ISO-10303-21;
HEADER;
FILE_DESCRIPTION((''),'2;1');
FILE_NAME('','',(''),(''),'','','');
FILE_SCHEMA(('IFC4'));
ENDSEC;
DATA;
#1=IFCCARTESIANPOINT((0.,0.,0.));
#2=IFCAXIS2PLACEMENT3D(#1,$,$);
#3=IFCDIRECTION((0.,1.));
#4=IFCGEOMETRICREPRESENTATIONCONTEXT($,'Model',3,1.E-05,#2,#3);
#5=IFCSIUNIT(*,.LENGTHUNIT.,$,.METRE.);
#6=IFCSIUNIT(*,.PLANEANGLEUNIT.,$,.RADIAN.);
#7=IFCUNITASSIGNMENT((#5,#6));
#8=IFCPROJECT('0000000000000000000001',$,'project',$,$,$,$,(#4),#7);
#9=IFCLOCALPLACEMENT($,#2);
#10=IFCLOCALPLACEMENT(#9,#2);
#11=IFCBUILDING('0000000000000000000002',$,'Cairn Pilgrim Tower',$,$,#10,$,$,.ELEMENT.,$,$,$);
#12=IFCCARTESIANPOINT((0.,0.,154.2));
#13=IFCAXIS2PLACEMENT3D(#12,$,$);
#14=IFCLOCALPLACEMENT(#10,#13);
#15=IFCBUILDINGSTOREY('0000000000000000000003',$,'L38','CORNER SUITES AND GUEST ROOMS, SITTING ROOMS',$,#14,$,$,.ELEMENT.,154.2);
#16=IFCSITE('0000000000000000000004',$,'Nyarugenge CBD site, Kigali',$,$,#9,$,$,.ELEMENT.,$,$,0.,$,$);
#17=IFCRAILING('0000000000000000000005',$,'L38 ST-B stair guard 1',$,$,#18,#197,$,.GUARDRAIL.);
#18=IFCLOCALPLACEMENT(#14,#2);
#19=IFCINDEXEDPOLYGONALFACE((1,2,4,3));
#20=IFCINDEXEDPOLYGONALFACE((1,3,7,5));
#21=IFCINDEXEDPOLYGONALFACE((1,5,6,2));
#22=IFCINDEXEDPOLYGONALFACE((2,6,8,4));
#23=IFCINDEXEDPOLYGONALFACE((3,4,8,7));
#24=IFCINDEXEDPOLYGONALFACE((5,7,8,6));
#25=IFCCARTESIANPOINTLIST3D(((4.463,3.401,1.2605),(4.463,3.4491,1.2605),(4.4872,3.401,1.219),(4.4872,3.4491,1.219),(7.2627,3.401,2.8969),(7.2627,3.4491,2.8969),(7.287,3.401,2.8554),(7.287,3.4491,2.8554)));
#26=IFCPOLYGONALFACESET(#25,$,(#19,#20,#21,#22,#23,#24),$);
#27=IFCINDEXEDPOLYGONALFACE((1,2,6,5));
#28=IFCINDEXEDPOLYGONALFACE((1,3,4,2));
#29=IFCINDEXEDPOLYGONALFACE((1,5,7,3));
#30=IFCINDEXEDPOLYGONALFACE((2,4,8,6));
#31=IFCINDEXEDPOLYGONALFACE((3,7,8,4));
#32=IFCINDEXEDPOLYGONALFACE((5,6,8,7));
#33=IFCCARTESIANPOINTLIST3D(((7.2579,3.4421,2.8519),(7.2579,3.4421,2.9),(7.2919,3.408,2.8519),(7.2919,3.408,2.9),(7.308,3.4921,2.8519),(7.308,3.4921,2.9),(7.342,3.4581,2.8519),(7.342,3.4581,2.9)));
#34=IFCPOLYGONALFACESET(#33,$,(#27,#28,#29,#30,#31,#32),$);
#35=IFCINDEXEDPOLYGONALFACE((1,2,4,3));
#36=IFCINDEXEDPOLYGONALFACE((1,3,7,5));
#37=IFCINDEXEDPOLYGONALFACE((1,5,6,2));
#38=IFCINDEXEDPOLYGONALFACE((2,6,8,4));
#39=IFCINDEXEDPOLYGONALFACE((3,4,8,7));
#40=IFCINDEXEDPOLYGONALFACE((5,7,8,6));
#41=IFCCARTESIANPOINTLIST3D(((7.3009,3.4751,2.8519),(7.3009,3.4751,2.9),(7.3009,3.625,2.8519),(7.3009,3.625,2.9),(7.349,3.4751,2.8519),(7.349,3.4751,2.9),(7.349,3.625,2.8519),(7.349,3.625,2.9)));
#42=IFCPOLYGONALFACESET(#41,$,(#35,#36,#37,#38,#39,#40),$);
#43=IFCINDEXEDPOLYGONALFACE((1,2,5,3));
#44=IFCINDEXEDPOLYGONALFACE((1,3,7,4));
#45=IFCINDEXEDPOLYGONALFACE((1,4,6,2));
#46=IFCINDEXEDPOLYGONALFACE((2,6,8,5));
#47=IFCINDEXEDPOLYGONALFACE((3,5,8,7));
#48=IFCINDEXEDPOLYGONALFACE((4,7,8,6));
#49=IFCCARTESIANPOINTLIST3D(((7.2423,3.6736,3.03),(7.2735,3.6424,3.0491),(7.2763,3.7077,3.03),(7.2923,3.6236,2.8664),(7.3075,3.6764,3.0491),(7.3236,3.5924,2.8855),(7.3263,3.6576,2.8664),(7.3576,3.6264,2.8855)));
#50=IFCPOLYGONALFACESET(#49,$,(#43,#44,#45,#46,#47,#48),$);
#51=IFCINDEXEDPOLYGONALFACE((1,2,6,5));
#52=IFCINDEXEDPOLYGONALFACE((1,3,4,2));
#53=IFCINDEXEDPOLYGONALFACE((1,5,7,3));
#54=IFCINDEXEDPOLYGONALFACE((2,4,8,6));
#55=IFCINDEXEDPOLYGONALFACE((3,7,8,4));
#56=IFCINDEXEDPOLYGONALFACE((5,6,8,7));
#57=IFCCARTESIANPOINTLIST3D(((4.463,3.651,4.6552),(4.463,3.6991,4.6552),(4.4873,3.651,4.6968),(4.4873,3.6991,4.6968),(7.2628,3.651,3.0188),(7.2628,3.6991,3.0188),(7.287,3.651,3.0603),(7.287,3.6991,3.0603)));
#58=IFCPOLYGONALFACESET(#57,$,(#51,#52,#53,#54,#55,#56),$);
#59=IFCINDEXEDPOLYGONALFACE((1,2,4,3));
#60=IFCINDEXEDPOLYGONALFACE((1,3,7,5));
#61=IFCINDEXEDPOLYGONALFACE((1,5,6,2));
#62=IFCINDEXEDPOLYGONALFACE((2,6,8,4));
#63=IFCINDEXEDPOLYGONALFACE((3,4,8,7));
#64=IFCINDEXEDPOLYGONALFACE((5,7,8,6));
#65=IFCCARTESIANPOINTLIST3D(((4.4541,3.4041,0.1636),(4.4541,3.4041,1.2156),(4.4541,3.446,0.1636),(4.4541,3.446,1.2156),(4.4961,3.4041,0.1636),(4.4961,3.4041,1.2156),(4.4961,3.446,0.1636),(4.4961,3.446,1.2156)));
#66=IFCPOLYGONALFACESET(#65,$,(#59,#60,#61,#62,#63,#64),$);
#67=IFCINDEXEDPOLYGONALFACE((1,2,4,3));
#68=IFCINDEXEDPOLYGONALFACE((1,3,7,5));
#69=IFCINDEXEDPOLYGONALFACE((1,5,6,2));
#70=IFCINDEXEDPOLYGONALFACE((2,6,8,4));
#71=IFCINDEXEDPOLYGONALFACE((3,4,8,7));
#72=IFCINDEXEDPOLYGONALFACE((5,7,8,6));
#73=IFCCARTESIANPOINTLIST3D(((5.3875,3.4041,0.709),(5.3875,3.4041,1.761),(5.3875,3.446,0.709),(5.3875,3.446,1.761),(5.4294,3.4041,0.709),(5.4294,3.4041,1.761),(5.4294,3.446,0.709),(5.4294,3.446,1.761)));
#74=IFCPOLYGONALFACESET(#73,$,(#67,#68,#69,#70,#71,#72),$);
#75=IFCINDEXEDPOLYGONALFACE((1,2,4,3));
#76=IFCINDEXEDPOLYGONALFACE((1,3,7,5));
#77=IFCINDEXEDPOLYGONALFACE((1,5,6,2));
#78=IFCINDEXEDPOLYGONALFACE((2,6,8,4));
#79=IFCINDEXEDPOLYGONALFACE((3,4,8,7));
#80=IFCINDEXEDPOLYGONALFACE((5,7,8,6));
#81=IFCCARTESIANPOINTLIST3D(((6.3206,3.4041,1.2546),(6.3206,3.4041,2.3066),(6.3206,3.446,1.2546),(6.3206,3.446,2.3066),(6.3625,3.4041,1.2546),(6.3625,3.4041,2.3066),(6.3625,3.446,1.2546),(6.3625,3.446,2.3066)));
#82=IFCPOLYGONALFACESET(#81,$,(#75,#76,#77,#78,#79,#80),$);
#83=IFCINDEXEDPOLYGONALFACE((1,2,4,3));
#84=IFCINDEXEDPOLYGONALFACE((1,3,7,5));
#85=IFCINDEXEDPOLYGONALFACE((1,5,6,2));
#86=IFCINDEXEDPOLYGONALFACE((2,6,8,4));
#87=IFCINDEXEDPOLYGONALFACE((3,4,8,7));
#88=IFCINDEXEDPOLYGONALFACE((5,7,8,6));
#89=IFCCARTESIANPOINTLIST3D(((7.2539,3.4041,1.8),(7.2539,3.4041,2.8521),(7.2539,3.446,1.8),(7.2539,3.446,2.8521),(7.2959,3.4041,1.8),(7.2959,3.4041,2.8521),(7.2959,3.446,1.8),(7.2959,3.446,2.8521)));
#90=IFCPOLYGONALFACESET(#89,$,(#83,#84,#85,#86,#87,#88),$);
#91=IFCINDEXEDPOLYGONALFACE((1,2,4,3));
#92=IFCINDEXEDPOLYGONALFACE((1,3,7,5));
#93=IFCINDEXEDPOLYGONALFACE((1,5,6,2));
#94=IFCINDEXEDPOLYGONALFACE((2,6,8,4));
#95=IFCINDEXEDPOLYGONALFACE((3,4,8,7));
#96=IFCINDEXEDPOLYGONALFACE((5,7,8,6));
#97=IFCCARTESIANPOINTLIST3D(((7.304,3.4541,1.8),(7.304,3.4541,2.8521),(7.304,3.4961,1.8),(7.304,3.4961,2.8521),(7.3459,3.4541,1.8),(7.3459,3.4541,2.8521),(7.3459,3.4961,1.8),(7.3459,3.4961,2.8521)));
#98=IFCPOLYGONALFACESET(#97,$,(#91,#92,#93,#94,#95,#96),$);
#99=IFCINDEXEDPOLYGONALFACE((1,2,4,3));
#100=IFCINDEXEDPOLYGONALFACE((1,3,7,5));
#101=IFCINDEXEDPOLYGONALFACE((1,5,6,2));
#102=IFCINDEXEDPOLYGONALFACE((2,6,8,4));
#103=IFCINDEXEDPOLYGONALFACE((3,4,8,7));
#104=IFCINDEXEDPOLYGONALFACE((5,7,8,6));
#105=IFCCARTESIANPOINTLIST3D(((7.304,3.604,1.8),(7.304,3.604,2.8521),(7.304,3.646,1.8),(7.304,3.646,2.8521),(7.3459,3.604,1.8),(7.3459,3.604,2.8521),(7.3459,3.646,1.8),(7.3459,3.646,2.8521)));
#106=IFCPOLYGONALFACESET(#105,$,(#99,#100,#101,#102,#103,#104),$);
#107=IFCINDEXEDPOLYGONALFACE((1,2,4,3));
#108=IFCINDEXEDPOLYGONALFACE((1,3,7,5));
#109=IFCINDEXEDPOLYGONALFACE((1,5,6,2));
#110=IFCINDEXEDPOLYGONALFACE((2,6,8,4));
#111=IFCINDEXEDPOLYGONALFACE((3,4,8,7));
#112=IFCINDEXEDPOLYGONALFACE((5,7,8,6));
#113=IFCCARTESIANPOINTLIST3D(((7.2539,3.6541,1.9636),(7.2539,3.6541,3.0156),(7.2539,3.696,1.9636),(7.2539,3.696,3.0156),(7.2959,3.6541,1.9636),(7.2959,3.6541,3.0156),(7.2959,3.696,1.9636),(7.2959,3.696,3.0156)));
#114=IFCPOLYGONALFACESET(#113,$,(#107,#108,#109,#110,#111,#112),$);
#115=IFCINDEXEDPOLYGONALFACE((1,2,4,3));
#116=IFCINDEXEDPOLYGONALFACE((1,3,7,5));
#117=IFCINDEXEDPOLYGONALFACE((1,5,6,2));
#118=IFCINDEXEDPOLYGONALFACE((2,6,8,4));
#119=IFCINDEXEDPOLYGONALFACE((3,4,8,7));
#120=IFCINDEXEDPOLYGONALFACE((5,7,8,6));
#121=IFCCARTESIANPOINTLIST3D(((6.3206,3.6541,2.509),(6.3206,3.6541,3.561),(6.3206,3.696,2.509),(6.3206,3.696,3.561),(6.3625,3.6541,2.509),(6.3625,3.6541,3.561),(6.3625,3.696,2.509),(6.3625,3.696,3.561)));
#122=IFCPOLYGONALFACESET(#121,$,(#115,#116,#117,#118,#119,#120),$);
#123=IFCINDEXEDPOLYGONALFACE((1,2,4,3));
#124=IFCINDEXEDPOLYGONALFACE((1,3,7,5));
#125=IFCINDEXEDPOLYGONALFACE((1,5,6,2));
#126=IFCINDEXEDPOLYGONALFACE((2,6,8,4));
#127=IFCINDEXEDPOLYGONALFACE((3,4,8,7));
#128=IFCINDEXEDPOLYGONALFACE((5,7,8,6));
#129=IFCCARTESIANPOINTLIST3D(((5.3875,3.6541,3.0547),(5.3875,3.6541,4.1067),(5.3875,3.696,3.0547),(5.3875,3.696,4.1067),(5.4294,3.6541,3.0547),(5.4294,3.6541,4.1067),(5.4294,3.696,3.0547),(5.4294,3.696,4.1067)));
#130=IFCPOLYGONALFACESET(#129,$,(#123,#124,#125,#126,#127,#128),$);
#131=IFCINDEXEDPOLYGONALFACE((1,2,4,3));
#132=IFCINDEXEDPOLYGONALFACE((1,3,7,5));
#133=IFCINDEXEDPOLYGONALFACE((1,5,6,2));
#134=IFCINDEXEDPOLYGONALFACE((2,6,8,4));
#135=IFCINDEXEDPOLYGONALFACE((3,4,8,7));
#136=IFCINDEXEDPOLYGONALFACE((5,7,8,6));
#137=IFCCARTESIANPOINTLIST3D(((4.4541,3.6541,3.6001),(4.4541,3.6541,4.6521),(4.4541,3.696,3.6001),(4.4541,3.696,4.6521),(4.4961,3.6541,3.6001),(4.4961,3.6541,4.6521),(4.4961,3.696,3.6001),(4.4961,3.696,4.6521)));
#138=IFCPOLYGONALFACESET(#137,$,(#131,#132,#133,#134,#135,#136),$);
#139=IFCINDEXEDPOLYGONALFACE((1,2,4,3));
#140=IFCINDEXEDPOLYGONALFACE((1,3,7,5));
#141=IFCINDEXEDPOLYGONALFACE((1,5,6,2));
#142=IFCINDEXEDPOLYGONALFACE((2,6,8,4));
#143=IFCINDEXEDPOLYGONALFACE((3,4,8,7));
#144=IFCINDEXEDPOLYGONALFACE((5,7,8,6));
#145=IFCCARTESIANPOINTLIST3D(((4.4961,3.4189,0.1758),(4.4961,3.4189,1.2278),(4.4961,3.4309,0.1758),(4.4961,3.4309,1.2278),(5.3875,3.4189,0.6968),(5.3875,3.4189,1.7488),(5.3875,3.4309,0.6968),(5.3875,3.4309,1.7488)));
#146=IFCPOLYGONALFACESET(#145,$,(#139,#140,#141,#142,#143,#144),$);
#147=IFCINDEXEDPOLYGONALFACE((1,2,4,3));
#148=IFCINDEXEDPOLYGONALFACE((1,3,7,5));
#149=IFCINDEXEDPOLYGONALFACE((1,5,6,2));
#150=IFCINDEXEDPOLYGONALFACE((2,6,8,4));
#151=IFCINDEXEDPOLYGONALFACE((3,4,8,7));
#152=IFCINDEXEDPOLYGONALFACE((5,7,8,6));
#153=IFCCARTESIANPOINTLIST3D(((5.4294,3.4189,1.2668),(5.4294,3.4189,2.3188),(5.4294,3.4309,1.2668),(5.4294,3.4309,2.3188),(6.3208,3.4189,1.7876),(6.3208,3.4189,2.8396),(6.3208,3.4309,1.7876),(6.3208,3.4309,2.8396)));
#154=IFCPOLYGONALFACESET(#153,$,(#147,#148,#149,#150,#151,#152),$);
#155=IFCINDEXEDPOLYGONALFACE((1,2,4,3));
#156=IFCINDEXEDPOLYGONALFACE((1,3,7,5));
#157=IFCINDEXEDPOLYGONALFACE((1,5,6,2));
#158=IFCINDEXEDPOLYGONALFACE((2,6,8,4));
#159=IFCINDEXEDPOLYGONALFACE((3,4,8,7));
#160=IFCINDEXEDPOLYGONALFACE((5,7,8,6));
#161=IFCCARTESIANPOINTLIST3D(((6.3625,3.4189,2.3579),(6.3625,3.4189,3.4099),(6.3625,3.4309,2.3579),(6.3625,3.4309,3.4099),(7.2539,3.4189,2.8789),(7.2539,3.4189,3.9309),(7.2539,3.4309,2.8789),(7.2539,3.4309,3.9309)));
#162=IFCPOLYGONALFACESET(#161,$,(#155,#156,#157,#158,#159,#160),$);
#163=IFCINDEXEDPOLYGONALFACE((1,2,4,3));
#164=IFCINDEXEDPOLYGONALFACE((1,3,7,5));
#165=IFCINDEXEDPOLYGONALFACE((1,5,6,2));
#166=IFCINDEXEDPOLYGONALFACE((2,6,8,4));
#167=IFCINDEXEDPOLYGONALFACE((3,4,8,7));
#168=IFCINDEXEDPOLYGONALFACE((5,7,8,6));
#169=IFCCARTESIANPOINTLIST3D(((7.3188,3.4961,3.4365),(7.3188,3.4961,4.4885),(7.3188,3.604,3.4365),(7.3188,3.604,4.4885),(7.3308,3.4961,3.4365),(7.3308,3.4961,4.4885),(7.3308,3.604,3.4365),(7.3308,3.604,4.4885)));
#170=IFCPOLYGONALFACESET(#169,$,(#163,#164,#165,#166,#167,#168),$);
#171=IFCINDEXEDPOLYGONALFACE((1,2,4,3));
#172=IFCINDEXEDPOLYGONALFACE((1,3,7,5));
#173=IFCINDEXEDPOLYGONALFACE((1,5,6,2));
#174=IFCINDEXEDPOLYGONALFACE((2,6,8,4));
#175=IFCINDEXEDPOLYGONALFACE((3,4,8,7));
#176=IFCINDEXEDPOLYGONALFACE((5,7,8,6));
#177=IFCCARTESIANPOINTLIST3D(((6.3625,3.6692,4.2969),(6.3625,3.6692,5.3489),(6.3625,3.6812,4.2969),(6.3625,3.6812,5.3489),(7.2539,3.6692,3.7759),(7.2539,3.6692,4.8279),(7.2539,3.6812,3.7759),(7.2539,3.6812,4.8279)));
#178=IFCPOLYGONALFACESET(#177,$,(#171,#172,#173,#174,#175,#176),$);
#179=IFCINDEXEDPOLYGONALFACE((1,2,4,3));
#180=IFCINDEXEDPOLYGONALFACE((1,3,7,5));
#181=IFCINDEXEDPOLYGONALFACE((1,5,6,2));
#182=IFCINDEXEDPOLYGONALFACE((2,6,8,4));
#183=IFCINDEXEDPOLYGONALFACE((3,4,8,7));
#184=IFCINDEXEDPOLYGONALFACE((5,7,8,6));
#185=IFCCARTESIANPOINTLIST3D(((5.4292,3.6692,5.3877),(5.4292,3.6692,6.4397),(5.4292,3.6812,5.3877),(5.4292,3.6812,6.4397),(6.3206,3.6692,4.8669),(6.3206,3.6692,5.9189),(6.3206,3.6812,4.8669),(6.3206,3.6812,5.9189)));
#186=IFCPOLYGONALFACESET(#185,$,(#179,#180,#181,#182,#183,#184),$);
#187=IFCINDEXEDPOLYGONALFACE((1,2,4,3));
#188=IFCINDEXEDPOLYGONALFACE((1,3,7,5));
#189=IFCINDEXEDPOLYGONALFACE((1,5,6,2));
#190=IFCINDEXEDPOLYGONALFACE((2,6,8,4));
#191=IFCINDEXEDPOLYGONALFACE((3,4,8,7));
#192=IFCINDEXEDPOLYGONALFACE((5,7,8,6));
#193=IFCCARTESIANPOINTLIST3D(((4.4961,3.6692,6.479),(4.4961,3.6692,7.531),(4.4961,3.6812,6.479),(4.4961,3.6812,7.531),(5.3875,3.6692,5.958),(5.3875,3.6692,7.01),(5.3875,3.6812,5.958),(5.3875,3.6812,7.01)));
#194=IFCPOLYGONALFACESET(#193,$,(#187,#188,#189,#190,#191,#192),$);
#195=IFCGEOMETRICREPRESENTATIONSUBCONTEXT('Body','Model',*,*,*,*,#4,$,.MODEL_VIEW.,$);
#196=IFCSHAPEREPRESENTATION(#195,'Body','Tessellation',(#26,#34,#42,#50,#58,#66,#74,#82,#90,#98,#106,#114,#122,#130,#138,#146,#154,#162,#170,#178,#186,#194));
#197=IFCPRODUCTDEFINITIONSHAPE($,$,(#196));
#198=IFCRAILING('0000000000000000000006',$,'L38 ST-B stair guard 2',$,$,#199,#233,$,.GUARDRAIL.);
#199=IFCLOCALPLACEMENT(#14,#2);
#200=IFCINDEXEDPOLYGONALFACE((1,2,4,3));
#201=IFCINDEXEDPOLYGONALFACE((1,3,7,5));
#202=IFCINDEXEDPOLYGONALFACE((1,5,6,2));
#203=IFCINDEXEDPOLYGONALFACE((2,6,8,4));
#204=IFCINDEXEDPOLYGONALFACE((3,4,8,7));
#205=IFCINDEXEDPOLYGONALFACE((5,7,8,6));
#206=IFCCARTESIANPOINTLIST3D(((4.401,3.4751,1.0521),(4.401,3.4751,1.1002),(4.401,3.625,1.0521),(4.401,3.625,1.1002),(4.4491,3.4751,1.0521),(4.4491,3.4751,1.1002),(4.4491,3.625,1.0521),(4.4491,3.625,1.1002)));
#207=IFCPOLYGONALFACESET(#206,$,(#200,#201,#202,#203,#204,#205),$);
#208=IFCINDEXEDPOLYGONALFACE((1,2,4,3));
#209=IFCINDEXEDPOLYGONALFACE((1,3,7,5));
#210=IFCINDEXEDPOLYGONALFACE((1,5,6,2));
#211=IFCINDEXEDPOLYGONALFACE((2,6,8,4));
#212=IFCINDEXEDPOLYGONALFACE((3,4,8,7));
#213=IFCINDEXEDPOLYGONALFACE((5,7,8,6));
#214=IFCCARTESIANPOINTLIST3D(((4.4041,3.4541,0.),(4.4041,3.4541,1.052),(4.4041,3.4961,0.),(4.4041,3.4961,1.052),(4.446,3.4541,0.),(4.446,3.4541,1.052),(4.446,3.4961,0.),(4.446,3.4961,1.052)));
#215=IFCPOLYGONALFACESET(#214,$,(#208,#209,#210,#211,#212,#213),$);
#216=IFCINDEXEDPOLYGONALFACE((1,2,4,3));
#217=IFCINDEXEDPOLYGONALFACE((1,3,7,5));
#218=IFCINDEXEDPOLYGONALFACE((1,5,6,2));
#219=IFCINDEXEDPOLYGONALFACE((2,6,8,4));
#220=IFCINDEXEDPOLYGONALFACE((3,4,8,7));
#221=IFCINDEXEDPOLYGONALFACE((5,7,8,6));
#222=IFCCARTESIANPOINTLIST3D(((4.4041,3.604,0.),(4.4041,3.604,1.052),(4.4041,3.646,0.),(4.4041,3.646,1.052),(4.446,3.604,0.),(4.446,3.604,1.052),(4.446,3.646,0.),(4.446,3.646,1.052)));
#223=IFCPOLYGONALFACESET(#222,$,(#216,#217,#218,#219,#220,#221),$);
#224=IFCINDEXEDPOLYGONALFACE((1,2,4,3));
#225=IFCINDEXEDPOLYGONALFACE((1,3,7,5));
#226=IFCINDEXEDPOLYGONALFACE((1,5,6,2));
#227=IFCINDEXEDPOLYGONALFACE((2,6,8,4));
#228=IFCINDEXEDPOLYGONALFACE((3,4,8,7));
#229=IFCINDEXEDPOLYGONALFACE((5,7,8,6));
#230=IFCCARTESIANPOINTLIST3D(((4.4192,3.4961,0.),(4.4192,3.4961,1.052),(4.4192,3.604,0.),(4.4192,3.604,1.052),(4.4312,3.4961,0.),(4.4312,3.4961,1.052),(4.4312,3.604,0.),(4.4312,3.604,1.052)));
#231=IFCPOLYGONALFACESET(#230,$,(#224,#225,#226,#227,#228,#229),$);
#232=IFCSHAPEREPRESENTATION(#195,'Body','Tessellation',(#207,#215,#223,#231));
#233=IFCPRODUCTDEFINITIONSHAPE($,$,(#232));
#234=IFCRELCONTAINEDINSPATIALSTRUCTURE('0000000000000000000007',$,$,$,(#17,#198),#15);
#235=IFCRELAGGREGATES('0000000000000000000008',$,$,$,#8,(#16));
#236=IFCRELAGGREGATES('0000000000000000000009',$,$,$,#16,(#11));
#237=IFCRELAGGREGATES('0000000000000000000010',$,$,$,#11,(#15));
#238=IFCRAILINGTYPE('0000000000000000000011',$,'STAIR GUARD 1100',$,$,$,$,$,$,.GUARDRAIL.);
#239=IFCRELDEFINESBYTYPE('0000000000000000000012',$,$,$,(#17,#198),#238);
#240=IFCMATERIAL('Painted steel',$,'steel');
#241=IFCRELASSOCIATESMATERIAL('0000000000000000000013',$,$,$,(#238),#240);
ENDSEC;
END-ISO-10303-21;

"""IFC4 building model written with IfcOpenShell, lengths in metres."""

from ifc_helpers import new_model, si_unit, direction, frame, origin, origin_2d, place, context, subcontext, project, spatial, polyline, rectangle, outline, extrude, material, type_object, element, save


model = new_model("IFC4")

# Units and contexts
model_context = context("Model", 3, precision=1e-05, world=origin(), true_north=direction((0.0, 1.0)))
body_context = subcontext(model_context, "Body", "Model", "MODEL_VIEW")
ifc_project = project(units=[si_unit("LENGTHUNIT", "METRE"), si_unit("PLANEANGLEUNIT", "RADIAN")], contexts=[model_context])

# Site, building, storey
site_placement = place(None, origin())
site = spatial("IfcSite", under=ifc_project, at=site_placement, Name="Nyarugenge CBD site, Kigali", CompositionType="ELEMENT", RefElevation=0.0)
building_placement = place(site_placement, origin())
building = spatial("IfcBuilding", under=site, at=building_placement, Name="Cairn Pilgrim Tower", CompositionType="ELEMENT")
storey_placement = place(building_placement, frame((0.0, 0.0, 154.2)))
storey = spatial("IfcBuildingStorey", under=building, at=storey_placement, Name="L38", Description="CORNER SUITES AND GUEST ROOMS, SITTING ROOMS", CompositionType="ELEMENT", Elevation=154.2)

# Shared definitions
ifc_material_1 = material(Name="Painted steel", Category="steel")

# Railings
railing_type = type_object("IfcRailingType", Name="STAIR GUARD 1100", PredefinedType="GUARDRAIL", material=ifc_material_1)
railing_1_placement = place(storey_placement, frame((4.4751, 3.425, 0.1636)))
element("IfcRailing", 1, at=railing_1_placement, inside=storey, type_object=railing_type, Name="L38 ST-B stair guard 1", PredefinedType="GUARDRAIL", context=body_context, shape_type="SweptSolid", body=[
    extrude(rectangle(XDim=0.0481, YDim=0.0481, at=origin_2d()), frame((0.0, 0.0, 1.0762), z_axis=(0.863342, 0.0, 0.50462), x_axis=(0.0, 1.0, 0.0)), (0.0, 0.0, 1.0), 3.2429),
    extrude(rectangle(XDim=0.0481, YDim=0.0481, at=origin_2d()), frame((2.7998, 0.0, 2.7124), z_axis=(0.707107, 0.707107, 0.0), x_axis=(-0.707107, 0.707107, 0.0)), (0.0, 0.0, 1.0), 0.0708),
    extrude(rectangle(XDim=0.0481, YDim=0.0481, at=origin_2d()), frame((2.8499, 0.05, 2.7124), z_axis=(0.0, 1.0, 0.0), x_axis=(-1.0, 0.0, 0.0)), (0.0, 0.0, 1.0), 0.1499),
    extrude(rectangle(XDim=0.0481, YDim=0.0481, at=origin_2d()), frame((2.8499, 0.2, 2.7124), z_axis=(-0.280809, 0.280809, 0.917765), x_axis=(-0.707107, -0.707107, 0.0)), (0.0, 0.0, 1.0), 0.1782),
    extrude(rectangle(XDim=0.0481, YDim=0.0481, at=origin_2d()), frame((2.7998, 0.25, 2.876), z_axis=(-0.863342, 0.0, 0.50462), x_axis=(0.0, -1.0, 0.0)), (0.0, 0.0, 1.0), 3.2429),
    extrude(rectangle(XDim=0.042, YDim=0.042, at=origin_2d()), origin(), (0.0, 0.0, 1.0), 1.052),
    extrude(rectangle(XDim=0.042, YDim=0.042, at=origin_2d()), frame((0.9333, 0.0, 0.5454)), (0.0, 0.0, 1.0), 1.052),
    extrude(rectangle(XDim=0.042, YDim=0.042, at=origin_2d()), frame((1.8665, 0.0, 1.0911)), (0.0, 0.0, 1.0), 1.052),
    extrude(rectangle(XDim=0.042, YDim=0.042, at=origin_2d()), frame((2.7998, 0.0, 1.6365)), (0.0, 0.0, 1.0), 1.052),
    extrude(rectangle(XDim=0.042, YDim=0.042, at=origin_2d()), frame((2.8499, 0.05, 1.6365)), (0.0, 0.0, 1.0), 1.052),
    extrude(rectangle(XDim=0.042, YDim=0.042, at=origin_2d()), frame((2.8499, 0.2, 1.6365)), (0.0, 0.0, 1.0), 1.052),
    extrude(rectangle(XDim=0.042, YDim=0.042, at=origin_2d()), frame((2.7998, 0.25, 1.8)), (0.0, 0.0, 1.0), 1.052),
    extrude(rectangle(XDim=0.042, YDim=0.042, at=origin_2d()), frame((1.8665, 0.25, 2.3455)), (0.0, 0.0, 1.0), 1.052),
    extrude(rectangle(XDim=0.042, YDim=0.042, at=origin_2d()), frame((0.9333, 0.25, 2.8911)), (0.0, 0.0, 1.0), 1.052),
    extrude(rectangle(XDim=0.042, YDim=0.042, at=origin_2d()), frame((0.0, 0.25, 3.4365)), (0.0, 0.0, 1.0), 1.052),
    extrude(outline(polyline([(0.021, 0.0122), (0.9124, 0.5332), (0.9124, 1.5852), (0.021, 1.0642), (0.021, 0.0122)])), frame((0.0, 0.0059, 0.0), z_axis=(0.0, -1.0, 0.0), x_axis=(1.0, 0.0, 0.0)), (0.0, 0.0, 1.0), 0.012),
    extrude(outline(polyline([(0.021, 0.5579), (0.9124, 1.0786), (0.9124, 2.1306), (0.021, 1.6099), (0.021, 0.5579)])), frame((0.9333, 0.0059, 0.5454), z_axis=(0.0, -1.0, 0.0), x_axis=(1.0, 0.0, 0.0)), (0.0, 0.0, 1.0), 0.012),
    extrude(outline(polyline([(0.021, 1.1033), (0.9124, 1.6243), (0.9124, 2.6763), (0.021, 2.1553), (0.021, 1.1033)])), frame((1.8665, 0.0059, 1.0911), z_axis=(0.0, -1.0, 0.0), x_axis=(1.0, 0.0, 0.0)), (0.0, 0.0, 1.0), 0.012),
    extrude(outline(polyline([(0.021, 1.6365), (0.1289, 1.6365), (0.1289, 2.6885), (0.021, 2.6885), (0.021, 1.6365)])), frame((2.8438, 0.05, 1.6365), z_axis=(1.0, 0.0, 0.0), x_axis=(0.0, 1.0, 0.0)), (0.0, 0.0, 1.0), 0.012),
    extrude(outline(polyline([(0.021, 1.8123), (0.9124, 2.3333), (0.9124, 3.3853), (0.021, 2.8643), (0.021, 1.8123)])), frame((2.7998, 0.2441, 1.8), z_axis=(0.0, 1.0, 0.0), x_axis=(-1.0, 0.0, 0.0)), (0.0, 0.0, 1.0), 0.012),
    extrude(outline(polyline([(0.021, 2.3579), (0.9124, 2.8787), (0.9124, 3.9307), (0.021, 3.4099), (0.021, 2.3579)])), frame((1.8665, 0.2441, 2.3455), z_axis=(0.0, 1.0, 0.0), x_axis=(-1.0, 0.0, 0.0)), (0.0, 0.0, 1.0), 0.012),
    extrude(outline(polyline([(0.021, 2.9033), (0.9124, 3.4243), (0.9124, 4.4763), (0.021, 3.9553), (0.021, 2.9033)])), frame((0.9333, 0.2441, 2.8911), z_axis=(0.0, 1.0, 0.0), x_axis=(-1.0, 0.0, 0.0)), (0.0, 0.0, 1.0), 0.012),
])
railing_2_placement = place(storey_placement, frame((4.425, 3.4751, 0.0)))
element("IfcRailing", 2, at=railing_2_placement, inside=storey, type_object=railing_type, Name="L38 ST-B stair guard 2", PredefinedType="GUARDRAIL", context=body_context, shape_type="SweptSolid", body=[
    extrude(rectangle(XDim=0.0481, YDim=0.0481, at=origin_2d()), frame((0.0, 0.0, 1.0762), z_axis=(0.0, 1.0, 0.0), x_axis=(-1.0, 0.0, 0.0)), (0.0, 0.0, 1.0), 0.1499),
    extrude(rectangle(XDim=0.042, YDim=0.042, at=origin_2d()), origin(), (0.0, 0.0, 1.0), 1.052),
    extrude(rectangle(XDim=0.042, YDim=0.042, at=origin_2d()), frame((0.0, 0.1499, 0.0)), (0.0, 0.0, 1.0), 1.052),
    extrude(outline(polyline([(0.021, 0.0), (0.1289, 0.0), (0.1289, 1.052), (0.021, 1.052), (0.021, 0.0)])), frame((-0.0059, 0.0, 0.0), z_axis=(1.0, 0.0, 0.0), x_axis=(0.0, 1.0, 0.0)), (0.0, 0.0, 1.0), 0.012),
])

save(model, "model.ifc")
